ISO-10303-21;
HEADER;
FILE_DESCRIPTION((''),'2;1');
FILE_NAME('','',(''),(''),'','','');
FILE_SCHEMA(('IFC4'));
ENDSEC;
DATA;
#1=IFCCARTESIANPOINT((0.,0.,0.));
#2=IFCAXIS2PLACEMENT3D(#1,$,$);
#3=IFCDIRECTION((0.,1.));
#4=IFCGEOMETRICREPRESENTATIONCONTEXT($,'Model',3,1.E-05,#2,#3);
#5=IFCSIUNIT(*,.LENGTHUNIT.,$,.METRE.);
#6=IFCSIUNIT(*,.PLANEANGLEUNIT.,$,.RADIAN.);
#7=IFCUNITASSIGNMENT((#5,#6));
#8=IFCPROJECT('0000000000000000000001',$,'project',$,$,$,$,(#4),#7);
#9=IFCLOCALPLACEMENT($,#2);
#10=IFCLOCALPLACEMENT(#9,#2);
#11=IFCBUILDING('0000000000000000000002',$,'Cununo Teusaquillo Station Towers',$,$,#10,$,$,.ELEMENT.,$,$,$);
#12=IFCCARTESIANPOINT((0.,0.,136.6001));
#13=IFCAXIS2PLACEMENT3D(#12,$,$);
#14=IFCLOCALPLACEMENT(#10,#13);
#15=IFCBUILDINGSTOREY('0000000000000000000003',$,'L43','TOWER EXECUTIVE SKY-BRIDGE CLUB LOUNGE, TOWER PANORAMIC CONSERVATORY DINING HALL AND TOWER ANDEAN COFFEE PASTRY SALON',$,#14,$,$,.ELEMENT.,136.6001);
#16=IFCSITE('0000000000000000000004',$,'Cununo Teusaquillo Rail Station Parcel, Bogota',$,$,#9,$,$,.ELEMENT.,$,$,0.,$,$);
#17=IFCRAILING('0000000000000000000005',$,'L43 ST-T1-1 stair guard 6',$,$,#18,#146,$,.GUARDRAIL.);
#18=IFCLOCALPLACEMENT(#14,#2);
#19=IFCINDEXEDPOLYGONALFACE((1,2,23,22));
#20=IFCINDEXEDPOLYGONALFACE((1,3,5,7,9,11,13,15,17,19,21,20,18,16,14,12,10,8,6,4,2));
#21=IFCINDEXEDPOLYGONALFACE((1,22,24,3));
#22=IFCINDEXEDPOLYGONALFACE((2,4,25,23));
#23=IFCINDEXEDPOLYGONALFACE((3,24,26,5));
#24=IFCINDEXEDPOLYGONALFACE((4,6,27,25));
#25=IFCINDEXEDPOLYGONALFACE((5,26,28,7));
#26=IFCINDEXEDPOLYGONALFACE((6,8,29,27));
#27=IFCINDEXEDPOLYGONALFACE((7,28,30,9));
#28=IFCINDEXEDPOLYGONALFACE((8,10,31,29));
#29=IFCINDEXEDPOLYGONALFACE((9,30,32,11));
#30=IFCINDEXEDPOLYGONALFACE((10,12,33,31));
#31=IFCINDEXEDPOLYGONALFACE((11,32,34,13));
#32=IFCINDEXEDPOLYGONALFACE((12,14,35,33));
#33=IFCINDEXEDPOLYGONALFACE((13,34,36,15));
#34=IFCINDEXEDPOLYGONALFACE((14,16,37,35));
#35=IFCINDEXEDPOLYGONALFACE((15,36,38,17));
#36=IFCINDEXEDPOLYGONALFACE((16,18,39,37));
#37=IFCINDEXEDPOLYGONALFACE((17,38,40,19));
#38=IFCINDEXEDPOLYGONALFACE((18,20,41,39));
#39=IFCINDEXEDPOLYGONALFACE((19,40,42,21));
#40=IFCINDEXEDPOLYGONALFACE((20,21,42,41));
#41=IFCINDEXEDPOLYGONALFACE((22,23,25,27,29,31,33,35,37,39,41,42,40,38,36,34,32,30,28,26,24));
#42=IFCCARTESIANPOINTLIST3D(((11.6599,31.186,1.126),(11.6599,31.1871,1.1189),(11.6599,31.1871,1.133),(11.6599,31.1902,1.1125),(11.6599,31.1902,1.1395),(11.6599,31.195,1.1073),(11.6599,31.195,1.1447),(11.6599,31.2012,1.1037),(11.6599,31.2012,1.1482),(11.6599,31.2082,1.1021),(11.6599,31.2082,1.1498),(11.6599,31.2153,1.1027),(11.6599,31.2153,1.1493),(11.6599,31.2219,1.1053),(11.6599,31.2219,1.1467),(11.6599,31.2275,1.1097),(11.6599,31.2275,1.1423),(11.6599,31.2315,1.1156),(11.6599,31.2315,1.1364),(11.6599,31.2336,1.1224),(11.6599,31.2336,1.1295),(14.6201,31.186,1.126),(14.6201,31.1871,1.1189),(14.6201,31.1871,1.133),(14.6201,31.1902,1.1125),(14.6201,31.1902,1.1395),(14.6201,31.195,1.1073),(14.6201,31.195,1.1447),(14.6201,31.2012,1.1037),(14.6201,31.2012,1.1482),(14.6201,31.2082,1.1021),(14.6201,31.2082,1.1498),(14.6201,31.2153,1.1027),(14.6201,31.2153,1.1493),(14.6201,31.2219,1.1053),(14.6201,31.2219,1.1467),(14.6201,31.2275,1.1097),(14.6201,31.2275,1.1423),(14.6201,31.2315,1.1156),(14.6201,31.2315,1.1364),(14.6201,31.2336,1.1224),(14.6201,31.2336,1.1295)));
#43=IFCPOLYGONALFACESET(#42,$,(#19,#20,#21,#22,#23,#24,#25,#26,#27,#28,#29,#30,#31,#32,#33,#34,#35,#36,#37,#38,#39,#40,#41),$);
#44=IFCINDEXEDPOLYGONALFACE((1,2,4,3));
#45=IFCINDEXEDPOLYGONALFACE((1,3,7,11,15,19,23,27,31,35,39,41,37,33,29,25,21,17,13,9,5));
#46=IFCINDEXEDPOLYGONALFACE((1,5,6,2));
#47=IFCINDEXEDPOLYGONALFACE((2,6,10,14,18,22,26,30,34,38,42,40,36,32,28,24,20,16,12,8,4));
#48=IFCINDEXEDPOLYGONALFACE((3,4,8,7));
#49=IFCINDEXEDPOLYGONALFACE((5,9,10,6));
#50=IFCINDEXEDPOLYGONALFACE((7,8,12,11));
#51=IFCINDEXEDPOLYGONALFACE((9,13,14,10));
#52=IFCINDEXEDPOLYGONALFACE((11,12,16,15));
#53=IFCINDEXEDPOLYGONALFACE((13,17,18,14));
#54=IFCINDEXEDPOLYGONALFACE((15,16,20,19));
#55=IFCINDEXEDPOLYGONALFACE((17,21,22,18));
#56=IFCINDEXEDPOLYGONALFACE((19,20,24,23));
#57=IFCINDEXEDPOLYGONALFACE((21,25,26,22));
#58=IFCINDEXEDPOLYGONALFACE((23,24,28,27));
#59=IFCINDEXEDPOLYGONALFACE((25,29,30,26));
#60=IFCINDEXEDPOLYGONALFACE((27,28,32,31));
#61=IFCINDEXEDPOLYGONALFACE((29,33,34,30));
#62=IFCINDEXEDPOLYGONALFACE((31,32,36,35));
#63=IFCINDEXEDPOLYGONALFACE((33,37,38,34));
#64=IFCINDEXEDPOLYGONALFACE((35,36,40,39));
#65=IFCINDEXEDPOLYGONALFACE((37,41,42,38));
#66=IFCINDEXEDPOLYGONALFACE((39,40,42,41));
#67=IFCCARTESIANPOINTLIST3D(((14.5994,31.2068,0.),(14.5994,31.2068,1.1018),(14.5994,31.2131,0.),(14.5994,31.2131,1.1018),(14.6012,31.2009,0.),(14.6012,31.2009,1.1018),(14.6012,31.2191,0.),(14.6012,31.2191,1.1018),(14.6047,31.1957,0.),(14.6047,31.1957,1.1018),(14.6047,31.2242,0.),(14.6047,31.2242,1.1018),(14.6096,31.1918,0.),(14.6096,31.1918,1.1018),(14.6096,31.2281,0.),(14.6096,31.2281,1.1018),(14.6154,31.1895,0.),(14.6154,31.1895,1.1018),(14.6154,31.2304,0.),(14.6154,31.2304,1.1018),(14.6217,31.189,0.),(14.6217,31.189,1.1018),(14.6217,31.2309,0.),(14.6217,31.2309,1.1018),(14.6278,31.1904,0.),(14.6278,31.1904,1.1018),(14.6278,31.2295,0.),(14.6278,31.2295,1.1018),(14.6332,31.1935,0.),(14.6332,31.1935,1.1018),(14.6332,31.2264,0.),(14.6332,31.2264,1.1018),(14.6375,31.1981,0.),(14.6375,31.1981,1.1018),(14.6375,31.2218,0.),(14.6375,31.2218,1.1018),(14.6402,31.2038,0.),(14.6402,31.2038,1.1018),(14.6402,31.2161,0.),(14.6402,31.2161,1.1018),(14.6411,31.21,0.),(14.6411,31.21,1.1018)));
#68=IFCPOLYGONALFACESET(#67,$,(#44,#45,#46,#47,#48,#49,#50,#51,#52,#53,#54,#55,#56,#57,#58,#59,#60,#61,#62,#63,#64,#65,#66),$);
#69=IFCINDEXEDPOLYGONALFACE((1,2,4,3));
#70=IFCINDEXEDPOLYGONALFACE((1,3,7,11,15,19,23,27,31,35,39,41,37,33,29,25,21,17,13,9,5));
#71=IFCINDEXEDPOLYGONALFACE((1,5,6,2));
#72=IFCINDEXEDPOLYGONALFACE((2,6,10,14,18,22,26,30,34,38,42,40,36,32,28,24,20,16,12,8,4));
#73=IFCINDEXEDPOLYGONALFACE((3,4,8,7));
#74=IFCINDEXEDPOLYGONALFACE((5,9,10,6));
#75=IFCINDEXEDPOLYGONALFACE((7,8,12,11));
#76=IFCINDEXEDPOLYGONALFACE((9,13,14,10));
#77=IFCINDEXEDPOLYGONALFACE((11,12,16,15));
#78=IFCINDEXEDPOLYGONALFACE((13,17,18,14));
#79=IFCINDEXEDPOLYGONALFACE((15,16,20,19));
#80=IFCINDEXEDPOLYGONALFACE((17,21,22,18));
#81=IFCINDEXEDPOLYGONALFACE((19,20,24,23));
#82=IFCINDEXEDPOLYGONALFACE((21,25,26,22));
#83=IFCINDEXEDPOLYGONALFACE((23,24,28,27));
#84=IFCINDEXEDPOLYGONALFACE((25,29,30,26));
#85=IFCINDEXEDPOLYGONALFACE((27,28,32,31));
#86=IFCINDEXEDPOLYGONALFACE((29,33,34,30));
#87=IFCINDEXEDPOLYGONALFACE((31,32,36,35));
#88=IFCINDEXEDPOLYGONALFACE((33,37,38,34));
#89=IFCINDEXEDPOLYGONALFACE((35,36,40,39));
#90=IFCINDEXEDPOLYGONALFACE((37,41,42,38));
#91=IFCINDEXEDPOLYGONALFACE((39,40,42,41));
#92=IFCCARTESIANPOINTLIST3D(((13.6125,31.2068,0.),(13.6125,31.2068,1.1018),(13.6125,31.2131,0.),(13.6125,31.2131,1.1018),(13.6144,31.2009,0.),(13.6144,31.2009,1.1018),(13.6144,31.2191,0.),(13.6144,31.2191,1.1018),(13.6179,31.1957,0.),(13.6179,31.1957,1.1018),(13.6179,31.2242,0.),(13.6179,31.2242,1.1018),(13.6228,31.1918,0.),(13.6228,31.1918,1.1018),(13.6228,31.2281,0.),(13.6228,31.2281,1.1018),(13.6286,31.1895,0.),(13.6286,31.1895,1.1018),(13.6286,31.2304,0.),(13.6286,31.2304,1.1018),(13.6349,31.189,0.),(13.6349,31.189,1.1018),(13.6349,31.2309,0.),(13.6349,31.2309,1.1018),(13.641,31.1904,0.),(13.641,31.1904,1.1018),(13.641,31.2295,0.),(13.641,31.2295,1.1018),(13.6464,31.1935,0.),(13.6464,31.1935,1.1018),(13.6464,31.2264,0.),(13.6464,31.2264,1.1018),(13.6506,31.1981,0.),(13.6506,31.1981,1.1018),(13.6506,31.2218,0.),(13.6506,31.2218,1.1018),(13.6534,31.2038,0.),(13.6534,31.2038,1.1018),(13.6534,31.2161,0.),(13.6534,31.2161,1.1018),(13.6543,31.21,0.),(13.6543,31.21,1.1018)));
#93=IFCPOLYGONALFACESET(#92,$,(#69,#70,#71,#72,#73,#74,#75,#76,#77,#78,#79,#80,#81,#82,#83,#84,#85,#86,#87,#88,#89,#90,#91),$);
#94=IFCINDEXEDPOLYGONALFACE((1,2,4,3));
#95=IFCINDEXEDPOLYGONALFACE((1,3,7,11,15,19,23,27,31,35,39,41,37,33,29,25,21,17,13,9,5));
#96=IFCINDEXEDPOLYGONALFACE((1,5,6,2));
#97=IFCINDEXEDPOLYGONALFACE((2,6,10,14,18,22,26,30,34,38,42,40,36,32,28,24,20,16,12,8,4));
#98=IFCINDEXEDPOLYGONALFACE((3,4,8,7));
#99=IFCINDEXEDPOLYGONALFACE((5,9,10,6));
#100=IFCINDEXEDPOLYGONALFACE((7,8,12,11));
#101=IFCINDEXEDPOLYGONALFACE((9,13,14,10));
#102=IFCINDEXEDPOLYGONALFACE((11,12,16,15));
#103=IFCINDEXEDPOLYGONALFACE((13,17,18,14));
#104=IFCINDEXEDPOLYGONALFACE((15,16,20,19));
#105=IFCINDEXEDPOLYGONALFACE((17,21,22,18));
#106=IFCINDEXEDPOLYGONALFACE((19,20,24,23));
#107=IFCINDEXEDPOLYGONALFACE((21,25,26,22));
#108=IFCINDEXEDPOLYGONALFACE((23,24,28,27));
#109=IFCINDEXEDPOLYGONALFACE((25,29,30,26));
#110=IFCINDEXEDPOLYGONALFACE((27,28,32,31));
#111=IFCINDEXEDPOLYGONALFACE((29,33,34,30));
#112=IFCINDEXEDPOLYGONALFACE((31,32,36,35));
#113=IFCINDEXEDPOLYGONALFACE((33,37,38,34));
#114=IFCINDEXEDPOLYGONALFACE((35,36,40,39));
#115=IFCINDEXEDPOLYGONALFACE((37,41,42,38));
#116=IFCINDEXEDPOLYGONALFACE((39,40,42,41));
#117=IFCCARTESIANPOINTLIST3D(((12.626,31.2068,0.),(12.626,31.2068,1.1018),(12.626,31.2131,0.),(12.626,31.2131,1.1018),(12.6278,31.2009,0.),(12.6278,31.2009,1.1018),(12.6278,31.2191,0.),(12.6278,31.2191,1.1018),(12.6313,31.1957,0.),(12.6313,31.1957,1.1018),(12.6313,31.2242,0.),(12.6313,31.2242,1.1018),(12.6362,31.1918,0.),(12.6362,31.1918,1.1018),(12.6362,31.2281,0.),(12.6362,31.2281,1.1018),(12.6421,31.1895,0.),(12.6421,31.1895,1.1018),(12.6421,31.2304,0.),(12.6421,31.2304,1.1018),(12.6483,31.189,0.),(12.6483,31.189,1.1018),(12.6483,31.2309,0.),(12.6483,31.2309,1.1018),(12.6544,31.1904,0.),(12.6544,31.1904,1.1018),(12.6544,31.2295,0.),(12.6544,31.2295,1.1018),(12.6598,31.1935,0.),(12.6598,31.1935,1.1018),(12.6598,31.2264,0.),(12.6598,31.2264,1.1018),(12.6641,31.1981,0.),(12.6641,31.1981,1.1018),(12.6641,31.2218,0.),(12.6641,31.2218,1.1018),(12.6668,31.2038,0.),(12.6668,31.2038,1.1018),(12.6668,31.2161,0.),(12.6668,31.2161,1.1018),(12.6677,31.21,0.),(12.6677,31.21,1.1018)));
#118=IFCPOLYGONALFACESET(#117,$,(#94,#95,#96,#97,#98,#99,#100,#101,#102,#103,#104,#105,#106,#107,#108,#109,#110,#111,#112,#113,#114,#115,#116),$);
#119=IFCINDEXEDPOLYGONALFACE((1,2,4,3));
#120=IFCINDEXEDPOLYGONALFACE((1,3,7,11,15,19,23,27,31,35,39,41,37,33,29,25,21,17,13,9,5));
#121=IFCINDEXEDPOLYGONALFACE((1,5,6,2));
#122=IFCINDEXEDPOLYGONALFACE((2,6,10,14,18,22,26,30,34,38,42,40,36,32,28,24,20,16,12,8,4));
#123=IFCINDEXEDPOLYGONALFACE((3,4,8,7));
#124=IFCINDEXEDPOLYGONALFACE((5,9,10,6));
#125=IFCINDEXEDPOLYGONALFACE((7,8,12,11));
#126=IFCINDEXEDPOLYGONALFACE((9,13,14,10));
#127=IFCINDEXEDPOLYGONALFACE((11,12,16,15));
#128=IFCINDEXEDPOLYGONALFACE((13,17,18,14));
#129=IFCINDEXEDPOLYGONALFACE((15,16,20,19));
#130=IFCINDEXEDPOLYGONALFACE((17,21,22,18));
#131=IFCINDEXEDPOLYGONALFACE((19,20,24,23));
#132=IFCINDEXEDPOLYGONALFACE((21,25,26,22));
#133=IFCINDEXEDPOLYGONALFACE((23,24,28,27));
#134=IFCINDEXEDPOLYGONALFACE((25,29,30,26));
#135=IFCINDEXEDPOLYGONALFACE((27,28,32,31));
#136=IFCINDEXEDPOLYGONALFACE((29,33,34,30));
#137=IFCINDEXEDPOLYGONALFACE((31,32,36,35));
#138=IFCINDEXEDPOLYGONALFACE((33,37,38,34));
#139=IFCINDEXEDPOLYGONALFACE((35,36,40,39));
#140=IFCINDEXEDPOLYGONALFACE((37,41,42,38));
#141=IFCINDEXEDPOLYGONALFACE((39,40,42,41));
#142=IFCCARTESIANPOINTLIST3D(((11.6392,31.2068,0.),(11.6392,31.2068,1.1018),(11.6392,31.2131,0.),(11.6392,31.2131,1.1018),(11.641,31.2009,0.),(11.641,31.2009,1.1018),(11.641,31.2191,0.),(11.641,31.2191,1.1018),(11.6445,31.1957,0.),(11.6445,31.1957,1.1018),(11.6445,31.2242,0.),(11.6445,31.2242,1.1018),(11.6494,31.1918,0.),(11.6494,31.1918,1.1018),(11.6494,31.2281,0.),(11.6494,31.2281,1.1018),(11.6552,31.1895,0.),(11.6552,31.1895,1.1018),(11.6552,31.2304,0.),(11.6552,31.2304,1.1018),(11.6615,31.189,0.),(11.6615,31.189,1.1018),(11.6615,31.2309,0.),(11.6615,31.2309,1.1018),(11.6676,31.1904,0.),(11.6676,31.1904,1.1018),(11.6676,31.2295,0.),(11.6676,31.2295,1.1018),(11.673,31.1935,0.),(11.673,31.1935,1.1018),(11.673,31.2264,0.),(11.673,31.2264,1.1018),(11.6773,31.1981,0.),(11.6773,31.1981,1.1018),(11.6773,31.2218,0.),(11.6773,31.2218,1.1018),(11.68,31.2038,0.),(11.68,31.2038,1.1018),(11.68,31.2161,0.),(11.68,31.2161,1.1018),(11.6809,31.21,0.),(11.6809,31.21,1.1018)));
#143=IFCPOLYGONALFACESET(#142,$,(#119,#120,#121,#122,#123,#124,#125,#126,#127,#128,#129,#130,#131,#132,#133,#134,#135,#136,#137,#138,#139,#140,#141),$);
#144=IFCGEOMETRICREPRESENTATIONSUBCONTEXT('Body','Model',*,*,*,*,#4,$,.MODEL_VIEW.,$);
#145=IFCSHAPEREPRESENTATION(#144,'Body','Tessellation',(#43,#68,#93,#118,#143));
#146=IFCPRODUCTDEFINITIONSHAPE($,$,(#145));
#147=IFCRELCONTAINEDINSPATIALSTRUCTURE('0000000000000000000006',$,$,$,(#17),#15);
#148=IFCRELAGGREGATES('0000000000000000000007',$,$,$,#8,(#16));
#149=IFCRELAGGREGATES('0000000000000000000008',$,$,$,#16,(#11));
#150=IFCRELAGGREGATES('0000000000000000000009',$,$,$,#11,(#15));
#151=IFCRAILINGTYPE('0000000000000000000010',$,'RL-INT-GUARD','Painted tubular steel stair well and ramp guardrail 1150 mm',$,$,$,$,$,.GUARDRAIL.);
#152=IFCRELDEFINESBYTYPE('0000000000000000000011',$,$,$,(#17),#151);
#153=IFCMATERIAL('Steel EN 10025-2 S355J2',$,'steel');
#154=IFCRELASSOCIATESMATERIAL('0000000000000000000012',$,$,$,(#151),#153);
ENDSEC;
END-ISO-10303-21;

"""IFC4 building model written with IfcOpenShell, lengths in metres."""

from ifc_helpers import new_model, si_unit, direction, frame, origin, origin_2d, place, context, subcontext, project, spatial, circle, extrude, material, type_object, element, save


model = new_model("IFC4")

# Units and contexts
model_context = context("Model", 3, precision=1e-05, world=origin(), true_north=direction((0.0, 1.0)))
body_context = subcontext(model_context, "Body", "Model", "MODEL_VIEW")
ifc_project = project(units=[si_unit("LENGTHUNIT", "METRE"), si_unit("PLANEANGLEUNIT", "RADIAN")], contexts=[model_context])

# Site, building, storey
site_placement = place(None, origin())
site = spatial("IfcSite", under=ifc_project, at=site_placement, Name="Cununo Teusaquillo Rail Station Parcel, Bogota", CompositionType="ELEMENT", RefElevation=0.0)
building_placement = place(site_placement, origin())
building = spatial("IfcBuilding", under=site, at=building_placement, Name="Cununo Teusaquillo Station Towers", CompositionType="ELEMENT")
storey_placement = place(building_placement, frame((0.0, 0.0, 136.6001)))
storey = spatial("IfcBuildingStorey", under=building, at=storey_placement, Name="L43", Description="TOWER EXECUTIVE SKY-BRIDGE CLUB LOUNGE, TOWER PANORAMIC CONSERVATORY DINING HALL AND TOWER ANDEAN COFFEE PASTRY SALON", CompositionType="ELEMENT", Elevation=136.6001)

# Railing
ifc_material_1 = material(Name="Steel EN 10025-2 S355J2", Category="steel")
railing_type_1 = type_object("IfcRailingType", Name="RL-INT-GUARD", Description="Painted tubular steel stair well and ramp guardrail 1150 mm", PredefinedType="GUARDRAIL", material=ifc_material_1)
railing_1_placement = place(storey_placement, frame((14.6201, 31.21, 0.0)))
element("IfcRailing", 1, at=railing_1_placement, inside=storey, type_object=railing_type_1, Name="L43 ST-T1-1 stair guard 6", PredefinedType="GUARDRAIL", context=body_context, shape_type="SweptSolid", body=[
    extrude(circle(Radius=0.0239, at=origin_2d()), frame((0.0, 0.0, 1.126), z_axis=(-1.0, 0.0, 0.0), x_axis=(0.0, -1.0, 0.0)), (0.0, 0.0, 1.0), 2.9602),
    extrude(circle(Radius=0.021, at=origin_2d()), origin(), (0.0, 0.0, 1.0), 1.1018),
    extrude(circle(Radius=0.021, at=origin_2d()), frame((-0.9868, 0.0, 0.0)), (0.0, 0.0, 1.0), 1.1018),
    extrude(circle(Radius=0.021, at=origin_2d()), frame((-1.9734, 0.0, 0.0)), (0.0, 0.0, 1.0), 1.1018),
    extrude(circle(Radius=0.021, at=origin_2d()), frame((-2.9602, 0.0, 0.0)), (0.0, 0.0, 1.0), 1.1018),
])

save(model, "model.ifc")
